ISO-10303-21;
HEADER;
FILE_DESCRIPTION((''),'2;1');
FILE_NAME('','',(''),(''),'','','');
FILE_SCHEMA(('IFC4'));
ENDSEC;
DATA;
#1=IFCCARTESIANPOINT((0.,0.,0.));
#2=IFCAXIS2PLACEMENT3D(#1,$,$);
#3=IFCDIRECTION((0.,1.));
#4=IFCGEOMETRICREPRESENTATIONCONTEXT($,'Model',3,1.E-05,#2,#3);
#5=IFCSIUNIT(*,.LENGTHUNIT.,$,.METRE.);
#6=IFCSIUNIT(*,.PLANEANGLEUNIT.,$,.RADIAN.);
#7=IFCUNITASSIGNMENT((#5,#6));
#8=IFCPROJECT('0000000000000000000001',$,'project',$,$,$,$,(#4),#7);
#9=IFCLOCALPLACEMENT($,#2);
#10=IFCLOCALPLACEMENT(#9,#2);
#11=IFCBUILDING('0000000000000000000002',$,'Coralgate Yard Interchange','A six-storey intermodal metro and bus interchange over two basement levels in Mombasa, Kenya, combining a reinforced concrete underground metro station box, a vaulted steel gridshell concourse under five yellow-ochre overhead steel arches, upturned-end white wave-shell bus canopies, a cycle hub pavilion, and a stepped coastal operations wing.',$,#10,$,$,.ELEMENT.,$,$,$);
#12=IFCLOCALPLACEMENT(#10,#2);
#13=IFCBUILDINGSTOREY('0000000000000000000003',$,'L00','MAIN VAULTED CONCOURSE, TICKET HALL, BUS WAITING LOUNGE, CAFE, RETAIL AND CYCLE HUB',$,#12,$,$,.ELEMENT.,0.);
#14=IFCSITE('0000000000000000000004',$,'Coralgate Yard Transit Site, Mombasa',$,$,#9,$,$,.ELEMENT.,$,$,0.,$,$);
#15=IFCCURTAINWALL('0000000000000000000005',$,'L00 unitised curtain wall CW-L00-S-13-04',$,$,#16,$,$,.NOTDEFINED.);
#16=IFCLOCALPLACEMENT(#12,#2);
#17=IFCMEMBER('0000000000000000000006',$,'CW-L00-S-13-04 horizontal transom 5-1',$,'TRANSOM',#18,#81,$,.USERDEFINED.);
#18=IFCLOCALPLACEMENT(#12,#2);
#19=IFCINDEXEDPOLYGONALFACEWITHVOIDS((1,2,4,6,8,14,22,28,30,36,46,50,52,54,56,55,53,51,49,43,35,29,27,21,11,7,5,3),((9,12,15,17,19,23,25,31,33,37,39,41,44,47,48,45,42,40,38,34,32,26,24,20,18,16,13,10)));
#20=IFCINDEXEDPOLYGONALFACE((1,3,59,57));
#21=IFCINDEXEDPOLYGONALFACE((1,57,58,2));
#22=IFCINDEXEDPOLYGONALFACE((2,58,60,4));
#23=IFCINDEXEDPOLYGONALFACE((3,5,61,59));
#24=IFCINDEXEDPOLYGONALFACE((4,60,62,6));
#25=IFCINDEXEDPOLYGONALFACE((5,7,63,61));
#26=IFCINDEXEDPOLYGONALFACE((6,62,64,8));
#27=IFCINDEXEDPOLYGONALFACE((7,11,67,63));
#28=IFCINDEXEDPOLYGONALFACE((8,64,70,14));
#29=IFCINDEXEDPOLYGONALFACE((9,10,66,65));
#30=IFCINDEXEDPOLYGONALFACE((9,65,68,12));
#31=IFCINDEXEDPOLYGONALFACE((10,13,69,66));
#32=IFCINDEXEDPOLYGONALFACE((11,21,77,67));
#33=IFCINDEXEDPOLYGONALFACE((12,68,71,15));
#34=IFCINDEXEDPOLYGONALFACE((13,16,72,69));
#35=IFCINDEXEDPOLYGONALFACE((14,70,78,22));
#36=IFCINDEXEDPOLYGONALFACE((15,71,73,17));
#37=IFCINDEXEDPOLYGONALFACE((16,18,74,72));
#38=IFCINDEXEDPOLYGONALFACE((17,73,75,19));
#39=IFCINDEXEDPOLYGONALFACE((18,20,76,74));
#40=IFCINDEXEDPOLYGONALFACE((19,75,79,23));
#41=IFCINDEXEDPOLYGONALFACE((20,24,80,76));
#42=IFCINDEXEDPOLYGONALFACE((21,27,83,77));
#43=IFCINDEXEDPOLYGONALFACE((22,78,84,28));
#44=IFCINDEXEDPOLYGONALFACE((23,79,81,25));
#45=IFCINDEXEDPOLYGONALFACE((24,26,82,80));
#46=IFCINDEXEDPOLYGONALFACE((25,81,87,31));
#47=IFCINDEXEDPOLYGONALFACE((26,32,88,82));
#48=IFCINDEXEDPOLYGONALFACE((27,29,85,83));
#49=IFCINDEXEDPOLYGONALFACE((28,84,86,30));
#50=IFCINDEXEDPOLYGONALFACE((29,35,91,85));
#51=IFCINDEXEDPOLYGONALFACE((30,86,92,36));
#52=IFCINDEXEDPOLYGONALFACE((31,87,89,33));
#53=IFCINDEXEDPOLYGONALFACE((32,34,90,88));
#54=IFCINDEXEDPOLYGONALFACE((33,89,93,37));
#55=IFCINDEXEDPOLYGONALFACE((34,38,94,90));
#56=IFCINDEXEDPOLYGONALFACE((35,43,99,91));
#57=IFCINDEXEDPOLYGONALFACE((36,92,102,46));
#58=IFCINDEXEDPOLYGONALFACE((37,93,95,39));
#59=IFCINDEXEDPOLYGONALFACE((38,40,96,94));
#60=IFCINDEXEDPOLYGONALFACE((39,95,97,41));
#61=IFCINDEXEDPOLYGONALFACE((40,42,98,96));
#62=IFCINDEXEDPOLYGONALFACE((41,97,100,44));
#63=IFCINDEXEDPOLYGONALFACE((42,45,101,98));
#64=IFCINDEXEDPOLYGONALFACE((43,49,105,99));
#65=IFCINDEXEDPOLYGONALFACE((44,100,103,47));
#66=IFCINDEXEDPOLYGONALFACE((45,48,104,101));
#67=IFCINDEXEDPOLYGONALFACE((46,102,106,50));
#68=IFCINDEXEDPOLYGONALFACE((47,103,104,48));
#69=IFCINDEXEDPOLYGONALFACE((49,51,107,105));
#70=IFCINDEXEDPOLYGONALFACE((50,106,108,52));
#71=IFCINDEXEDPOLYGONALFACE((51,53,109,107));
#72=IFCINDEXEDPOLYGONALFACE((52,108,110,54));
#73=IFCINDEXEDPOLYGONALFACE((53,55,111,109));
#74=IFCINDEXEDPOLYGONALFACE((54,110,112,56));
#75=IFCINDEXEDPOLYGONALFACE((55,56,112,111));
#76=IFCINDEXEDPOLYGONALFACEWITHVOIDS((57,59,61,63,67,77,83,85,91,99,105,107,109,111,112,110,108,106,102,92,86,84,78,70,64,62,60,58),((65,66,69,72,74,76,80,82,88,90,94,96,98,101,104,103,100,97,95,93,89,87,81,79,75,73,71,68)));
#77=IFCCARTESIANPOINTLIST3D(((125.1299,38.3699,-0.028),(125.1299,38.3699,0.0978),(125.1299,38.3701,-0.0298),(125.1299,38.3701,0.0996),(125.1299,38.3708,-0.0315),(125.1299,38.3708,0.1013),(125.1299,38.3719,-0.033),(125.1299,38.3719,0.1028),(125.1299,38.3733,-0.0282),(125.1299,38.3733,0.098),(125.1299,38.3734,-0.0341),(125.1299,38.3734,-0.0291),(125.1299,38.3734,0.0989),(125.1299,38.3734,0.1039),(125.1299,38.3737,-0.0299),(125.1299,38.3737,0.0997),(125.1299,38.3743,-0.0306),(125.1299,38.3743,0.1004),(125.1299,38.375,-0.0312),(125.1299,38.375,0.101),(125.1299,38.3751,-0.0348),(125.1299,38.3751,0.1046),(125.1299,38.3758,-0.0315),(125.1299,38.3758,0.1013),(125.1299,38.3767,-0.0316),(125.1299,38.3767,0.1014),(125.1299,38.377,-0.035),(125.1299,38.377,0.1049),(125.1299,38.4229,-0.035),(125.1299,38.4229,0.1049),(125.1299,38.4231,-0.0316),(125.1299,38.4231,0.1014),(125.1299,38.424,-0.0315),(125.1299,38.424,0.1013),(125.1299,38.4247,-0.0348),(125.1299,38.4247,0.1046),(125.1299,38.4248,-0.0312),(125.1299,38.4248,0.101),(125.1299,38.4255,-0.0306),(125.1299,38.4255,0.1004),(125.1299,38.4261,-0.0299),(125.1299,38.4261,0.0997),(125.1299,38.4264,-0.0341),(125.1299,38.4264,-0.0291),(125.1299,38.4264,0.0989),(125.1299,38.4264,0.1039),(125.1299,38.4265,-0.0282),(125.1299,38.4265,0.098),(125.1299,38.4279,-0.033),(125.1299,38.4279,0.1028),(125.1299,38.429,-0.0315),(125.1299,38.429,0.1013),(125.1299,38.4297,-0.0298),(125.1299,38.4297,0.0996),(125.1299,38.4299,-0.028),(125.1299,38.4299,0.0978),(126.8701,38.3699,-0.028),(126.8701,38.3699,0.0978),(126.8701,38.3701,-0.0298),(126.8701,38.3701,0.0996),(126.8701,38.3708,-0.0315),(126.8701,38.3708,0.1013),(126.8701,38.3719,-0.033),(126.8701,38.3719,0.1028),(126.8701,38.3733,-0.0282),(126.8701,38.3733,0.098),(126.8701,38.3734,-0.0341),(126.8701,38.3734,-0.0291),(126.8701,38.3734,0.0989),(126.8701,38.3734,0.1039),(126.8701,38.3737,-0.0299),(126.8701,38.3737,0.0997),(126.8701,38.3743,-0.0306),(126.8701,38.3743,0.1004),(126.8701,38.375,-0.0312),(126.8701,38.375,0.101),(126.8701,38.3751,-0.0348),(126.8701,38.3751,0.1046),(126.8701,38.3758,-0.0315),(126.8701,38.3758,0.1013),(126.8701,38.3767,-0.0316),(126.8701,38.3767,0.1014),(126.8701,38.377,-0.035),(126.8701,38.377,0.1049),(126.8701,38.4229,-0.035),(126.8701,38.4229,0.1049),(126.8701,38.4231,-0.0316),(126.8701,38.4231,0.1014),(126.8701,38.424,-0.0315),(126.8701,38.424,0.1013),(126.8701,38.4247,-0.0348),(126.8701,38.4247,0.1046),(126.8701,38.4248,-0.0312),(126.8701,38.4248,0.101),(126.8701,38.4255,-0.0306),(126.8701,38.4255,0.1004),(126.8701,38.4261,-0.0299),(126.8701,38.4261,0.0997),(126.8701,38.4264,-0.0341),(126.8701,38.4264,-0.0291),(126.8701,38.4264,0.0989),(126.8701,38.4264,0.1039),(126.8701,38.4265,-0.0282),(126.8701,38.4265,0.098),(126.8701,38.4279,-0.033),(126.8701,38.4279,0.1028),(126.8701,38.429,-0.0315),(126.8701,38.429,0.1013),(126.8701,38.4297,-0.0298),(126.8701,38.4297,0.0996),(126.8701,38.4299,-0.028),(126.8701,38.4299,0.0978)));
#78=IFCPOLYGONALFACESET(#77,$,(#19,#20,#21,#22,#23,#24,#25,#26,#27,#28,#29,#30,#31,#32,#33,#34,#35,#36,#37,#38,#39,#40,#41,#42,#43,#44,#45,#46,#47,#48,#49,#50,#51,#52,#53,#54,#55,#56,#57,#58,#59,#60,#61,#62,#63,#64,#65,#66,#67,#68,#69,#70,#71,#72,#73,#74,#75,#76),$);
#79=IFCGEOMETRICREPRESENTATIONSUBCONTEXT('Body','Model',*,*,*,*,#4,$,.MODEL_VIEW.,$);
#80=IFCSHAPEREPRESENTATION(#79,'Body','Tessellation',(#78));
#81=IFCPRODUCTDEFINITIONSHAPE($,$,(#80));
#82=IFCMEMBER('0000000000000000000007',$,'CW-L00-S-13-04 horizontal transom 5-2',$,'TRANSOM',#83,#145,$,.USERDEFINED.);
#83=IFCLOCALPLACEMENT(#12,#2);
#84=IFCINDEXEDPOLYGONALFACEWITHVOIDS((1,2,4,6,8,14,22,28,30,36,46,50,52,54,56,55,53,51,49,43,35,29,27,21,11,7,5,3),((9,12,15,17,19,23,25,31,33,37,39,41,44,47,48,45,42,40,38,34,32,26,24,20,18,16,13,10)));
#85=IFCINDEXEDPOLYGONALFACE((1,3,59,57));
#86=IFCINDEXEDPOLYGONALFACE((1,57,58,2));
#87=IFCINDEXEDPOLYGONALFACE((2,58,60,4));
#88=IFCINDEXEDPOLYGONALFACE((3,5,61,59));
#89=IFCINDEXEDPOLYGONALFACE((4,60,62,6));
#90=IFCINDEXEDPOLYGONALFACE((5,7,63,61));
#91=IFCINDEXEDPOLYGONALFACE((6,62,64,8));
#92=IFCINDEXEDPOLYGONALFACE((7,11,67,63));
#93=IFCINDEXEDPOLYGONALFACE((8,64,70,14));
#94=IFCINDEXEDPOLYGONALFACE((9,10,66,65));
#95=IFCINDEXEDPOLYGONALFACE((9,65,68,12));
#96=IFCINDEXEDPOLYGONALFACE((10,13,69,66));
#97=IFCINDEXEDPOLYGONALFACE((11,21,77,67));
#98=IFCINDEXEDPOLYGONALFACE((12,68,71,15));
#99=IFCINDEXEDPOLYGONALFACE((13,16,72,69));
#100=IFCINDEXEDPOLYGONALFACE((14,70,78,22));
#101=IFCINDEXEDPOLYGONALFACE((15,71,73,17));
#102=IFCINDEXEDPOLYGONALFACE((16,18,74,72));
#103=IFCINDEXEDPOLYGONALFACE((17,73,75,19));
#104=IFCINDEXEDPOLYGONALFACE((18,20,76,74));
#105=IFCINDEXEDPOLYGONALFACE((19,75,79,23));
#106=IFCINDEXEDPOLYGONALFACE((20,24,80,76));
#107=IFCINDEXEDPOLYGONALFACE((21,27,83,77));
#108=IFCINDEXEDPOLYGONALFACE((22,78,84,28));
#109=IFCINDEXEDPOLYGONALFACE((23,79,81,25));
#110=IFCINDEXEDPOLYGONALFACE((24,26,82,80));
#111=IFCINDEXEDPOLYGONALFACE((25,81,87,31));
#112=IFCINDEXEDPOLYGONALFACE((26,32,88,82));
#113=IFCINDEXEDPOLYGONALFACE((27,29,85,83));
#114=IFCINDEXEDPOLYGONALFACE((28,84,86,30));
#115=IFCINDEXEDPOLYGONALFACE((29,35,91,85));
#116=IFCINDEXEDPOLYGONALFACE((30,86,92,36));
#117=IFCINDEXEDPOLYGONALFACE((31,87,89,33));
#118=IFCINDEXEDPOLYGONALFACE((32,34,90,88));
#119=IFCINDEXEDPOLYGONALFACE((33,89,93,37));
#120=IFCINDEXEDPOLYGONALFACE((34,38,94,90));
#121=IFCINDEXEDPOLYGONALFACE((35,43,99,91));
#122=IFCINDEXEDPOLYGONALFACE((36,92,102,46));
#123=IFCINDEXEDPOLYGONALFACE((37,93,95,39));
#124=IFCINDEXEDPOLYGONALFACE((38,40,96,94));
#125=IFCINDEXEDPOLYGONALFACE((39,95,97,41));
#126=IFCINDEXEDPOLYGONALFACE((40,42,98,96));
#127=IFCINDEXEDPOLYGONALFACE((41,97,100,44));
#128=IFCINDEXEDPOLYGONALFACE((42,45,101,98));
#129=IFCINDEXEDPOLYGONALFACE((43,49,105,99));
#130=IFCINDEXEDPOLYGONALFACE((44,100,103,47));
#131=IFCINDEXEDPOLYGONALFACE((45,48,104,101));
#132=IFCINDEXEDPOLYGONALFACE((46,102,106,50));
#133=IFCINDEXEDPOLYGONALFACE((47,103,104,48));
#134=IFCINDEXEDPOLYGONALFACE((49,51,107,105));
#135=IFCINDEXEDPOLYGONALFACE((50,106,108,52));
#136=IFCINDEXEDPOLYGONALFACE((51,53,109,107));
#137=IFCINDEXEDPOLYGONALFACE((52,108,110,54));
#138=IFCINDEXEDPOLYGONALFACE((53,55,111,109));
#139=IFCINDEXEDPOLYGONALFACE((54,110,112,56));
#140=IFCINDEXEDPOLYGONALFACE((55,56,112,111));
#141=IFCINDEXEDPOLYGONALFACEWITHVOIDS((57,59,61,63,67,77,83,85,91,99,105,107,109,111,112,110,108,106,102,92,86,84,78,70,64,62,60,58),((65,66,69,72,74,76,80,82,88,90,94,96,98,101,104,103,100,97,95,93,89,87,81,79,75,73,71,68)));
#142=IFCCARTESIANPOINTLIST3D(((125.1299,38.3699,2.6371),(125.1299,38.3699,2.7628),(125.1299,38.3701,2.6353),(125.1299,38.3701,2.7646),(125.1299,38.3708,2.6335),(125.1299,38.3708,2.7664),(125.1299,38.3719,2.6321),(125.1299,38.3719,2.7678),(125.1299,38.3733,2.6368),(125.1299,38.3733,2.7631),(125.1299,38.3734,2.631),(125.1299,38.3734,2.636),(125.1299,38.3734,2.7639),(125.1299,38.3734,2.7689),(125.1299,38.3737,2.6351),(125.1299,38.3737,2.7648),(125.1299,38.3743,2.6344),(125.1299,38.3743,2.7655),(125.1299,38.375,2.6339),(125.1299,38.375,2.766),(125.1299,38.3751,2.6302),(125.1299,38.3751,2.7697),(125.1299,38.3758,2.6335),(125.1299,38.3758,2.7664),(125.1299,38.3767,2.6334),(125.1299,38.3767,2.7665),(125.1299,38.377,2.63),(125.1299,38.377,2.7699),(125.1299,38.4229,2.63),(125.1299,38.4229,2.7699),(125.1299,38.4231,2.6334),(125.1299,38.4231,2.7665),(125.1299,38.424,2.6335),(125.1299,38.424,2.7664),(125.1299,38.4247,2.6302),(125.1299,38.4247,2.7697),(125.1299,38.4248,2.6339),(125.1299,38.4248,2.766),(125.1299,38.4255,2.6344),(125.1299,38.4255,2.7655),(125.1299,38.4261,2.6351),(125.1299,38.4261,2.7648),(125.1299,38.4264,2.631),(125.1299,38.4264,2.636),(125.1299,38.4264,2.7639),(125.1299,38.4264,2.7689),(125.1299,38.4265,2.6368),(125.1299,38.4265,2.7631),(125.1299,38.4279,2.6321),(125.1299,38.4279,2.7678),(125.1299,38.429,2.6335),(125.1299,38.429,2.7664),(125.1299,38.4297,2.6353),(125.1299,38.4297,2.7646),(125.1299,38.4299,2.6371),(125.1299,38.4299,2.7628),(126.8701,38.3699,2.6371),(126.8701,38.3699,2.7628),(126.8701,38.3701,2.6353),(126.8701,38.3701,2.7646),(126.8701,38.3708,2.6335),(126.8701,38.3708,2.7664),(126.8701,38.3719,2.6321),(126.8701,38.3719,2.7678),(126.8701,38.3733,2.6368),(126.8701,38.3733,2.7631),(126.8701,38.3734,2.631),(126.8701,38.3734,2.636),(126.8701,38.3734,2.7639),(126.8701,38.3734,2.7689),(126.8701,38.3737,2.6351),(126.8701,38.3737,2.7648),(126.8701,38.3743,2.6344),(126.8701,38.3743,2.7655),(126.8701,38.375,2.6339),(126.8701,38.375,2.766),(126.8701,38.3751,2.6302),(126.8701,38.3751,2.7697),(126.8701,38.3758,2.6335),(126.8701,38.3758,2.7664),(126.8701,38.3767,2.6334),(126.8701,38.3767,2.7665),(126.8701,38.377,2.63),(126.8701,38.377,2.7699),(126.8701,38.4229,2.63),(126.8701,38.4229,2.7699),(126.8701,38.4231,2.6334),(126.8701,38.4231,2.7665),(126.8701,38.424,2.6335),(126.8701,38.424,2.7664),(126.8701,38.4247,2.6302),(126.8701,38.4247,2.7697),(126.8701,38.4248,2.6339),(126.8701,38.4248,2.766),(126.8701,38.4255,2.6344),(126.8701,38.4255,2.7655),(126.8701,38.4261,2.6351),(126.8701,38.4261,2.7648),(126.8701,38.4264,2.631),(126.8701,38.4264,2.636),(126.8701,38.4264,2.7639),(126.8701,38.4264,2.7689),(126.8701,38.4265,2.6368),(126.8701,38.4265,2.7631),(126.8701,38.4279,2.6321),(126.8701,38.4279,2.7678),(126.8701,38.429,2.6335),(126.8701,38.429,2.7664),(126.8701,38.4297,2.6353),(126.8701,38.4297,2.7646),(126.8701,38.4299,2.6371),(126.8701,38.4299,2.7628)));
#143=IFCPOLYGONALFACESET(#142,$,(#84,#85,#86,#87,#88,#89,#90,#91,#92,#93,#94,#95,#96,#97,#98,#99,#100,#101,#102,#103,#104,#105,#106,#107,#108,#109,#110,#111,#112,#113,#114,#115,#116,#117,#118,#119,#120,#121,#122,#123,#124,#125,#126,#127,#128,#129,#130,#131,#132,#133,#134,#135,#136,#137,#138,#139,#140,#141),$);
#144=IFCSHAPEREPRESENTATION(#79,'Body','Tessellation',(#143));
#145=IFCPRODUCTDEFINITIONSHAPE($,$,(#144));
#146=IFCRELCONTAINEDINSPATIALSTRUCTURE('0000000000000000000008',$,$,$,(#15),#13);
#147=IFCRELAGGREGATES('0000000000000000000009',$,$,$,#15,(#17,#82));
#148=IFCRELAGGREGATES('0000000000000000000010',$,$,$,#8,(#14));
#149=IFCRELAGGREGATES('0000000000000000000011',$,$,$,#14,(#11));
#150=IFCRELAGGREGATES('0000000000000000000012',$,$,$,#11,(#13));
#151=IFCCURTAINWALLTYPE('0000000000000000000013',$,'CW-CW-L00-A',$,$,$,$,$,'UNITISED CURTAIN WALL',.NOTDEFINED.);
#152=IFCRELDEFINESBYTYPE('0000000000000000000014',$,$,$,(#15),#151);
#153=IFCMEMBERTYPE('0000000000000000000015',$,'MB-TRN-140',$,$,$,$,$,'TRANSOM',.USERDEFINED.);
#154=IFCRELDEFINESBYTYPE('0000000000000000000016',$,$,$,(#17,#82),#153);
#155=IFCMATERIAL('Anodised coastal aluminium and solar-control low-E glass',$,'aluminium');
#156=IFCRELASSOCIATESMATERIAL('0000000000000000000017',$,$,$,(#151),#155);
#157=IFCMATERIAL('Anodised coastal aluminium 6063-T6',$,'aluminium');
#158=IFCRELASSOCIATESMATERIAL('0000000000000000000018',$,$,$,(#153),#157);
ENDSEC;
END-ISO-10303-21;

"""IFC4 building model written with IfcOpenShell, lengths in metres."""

from ifc_helpers import new_model, si_unit, direction, frame, origin, origin_2d, place, context, subcontext, project, spatial, hollow_rectangle, extrude, material, material_profile, profile_set, type_object, element, aggregate, save


model = new_model("IFC4")

# Units and contexts
model_context = context("Model", 3, precision=1e-05, world=origin(), true_north=direction((0.0, 1.0)))
body_context = subcontext(model_context, "Body", "Model", "MODEL_VIEW")
ifc_project = project(units=[si_unit("LENGTHUNIT", "METRE"), si_unit("PLANEANGLEUNIT", "RADIAN")], contexts=[model_context])

# Site, building, storey
site_placement = place(None, origin())
site = spatial("IfcSite", under=ifc_project, at=site_placement, Name="Coralgate Yard Transit Site, Mombasa", CompositionType="ELEMENT", RefElevation=0.0)
building_placement = place(site_placement, origin())
building = spatial("IfcBuilding", under=site, at=building_placement, Name="Coralgate Yard Interchange", Description="A six-storey intermodal metro and bus interchange over two basement levels in Mombasa, Kenya, combining a reinforced concrete underground metro station box, a vaulted steel gridshell concourse under five yellow-ochre overhead steel arches, upturned-end white wave-shell bus canopies, a cycle hub pavilion, and a stepped coastal operations wing.", CompositionType="ELEMENT")
storey_placement = place(building_placement, origin())
storey = spatial("IfcBuildingStorey", under=building, at=storey_placement, Name="L00", Description="MAIN VAULTED CONCOURSE, TICKET HALL, BUS WAITING LOUNGE, CAFE, RETAIL AND CYCLE HUB", CompositionType="ELEMENT", Elevation=0.0)

# Curtain wall, members
ifc_material_1 = material(Name="Anodised coastal aluminium and solar-control low-E glass", Category="aluminium")
curtain_wall_type = type_object("IfcCurtainWallType", Name="CW-CW-L00-A", ElementType="UNITISED CURTAIN WALL", PredefinedType="NOTDEFINED", material=ifc_material_1)
curtain_wall_placement = place(storey_placement, origin())
curtain_wall = element("IfcCurtainWall", 1, at=curtain_wall_placement, inside=storey, type_object=curtain_wall_type, Name="L00 unitised curtain wall CW-L00-S-13-04", PredefinedType="NOTDEFINED")
ifc_material_2 = material(Name="Anodised coastal aluminium 6063-T6", Category="aluminium")
ifc_material_profile_1 = material_profile(ifc_material_2, hollow_rectangle(XDim=0.0601, YDim=0.1399, WallThickness=0.0034, InnerFilletRadius=0.0034, OuterFilletRadius=0.0071, at=origin_2d()), Name="ALU 60x140x3.5")
ifc_profile_set_1 = profile_set([ifc_material_profile_1], Name="Anodised coastal aluminium 6063-T6")
member_type_1 = type_object("IfcMemberType", Name="MB-TRN-140", ElementType="TRANSOM", PredefinedType="USERDEFINED", material=ifc_profile_set_1)
member_1_placement = place(storey_placement, frame((126.8701, 38.3999, 0.0349), z_axis=(-1.0, 0.0, 0.0), x_axis=(0.0, -1.0, 0.0)))
member_1 = element("IfcMember", 2, at=member_1_placement, type_object=member_type_1, Name="CW-L00-S-13-04 horizontal transom 5-1", ObjectType="TRANSOM", PredefinedType="USERDEFINED", context=body_context, shape_type="SweptSolid", body=[
    extrude(hollow_rectangle(XDim=0.0601, YDim=0.1399, WallThickness=0.0034, InnerFilletRadius=0.0034, OuterFilletRadius=0.0071, at=origin_2d()), origin(), (0.0, 0.0, 1.0), 1.7402),
])
member_2_placement = place(storey_placement, frame((126.8701, 38.3999, 2.7), z_axis=(-1.0, 0.0, 0.0), x_axis=(0.0, -1.0, 0.0)))
member_2 = element("IfcMember", 3, at=member_2_placement, type_object=member_type_1, Name="CW-L00-S-13-04 horizontal transom 5-2", ObjectType="TRANSOM", PredefinedType="USERDEFINED", context=body_context, shape_type="SweptSolid", body=[
    extrude(hollow_rectangle(XDim=0.0601, YDim=0.1399, WallThickness=0.0034, InnerFilletRadius=0.0034, OuterFilletRadius=0.0071, at=origin_2d()), origin(), (0.0, 0.0, 1.0), 1.7402),
])
aggregate(curtain_wall, [member_1, member_2])

save(model, "model.ifc")
